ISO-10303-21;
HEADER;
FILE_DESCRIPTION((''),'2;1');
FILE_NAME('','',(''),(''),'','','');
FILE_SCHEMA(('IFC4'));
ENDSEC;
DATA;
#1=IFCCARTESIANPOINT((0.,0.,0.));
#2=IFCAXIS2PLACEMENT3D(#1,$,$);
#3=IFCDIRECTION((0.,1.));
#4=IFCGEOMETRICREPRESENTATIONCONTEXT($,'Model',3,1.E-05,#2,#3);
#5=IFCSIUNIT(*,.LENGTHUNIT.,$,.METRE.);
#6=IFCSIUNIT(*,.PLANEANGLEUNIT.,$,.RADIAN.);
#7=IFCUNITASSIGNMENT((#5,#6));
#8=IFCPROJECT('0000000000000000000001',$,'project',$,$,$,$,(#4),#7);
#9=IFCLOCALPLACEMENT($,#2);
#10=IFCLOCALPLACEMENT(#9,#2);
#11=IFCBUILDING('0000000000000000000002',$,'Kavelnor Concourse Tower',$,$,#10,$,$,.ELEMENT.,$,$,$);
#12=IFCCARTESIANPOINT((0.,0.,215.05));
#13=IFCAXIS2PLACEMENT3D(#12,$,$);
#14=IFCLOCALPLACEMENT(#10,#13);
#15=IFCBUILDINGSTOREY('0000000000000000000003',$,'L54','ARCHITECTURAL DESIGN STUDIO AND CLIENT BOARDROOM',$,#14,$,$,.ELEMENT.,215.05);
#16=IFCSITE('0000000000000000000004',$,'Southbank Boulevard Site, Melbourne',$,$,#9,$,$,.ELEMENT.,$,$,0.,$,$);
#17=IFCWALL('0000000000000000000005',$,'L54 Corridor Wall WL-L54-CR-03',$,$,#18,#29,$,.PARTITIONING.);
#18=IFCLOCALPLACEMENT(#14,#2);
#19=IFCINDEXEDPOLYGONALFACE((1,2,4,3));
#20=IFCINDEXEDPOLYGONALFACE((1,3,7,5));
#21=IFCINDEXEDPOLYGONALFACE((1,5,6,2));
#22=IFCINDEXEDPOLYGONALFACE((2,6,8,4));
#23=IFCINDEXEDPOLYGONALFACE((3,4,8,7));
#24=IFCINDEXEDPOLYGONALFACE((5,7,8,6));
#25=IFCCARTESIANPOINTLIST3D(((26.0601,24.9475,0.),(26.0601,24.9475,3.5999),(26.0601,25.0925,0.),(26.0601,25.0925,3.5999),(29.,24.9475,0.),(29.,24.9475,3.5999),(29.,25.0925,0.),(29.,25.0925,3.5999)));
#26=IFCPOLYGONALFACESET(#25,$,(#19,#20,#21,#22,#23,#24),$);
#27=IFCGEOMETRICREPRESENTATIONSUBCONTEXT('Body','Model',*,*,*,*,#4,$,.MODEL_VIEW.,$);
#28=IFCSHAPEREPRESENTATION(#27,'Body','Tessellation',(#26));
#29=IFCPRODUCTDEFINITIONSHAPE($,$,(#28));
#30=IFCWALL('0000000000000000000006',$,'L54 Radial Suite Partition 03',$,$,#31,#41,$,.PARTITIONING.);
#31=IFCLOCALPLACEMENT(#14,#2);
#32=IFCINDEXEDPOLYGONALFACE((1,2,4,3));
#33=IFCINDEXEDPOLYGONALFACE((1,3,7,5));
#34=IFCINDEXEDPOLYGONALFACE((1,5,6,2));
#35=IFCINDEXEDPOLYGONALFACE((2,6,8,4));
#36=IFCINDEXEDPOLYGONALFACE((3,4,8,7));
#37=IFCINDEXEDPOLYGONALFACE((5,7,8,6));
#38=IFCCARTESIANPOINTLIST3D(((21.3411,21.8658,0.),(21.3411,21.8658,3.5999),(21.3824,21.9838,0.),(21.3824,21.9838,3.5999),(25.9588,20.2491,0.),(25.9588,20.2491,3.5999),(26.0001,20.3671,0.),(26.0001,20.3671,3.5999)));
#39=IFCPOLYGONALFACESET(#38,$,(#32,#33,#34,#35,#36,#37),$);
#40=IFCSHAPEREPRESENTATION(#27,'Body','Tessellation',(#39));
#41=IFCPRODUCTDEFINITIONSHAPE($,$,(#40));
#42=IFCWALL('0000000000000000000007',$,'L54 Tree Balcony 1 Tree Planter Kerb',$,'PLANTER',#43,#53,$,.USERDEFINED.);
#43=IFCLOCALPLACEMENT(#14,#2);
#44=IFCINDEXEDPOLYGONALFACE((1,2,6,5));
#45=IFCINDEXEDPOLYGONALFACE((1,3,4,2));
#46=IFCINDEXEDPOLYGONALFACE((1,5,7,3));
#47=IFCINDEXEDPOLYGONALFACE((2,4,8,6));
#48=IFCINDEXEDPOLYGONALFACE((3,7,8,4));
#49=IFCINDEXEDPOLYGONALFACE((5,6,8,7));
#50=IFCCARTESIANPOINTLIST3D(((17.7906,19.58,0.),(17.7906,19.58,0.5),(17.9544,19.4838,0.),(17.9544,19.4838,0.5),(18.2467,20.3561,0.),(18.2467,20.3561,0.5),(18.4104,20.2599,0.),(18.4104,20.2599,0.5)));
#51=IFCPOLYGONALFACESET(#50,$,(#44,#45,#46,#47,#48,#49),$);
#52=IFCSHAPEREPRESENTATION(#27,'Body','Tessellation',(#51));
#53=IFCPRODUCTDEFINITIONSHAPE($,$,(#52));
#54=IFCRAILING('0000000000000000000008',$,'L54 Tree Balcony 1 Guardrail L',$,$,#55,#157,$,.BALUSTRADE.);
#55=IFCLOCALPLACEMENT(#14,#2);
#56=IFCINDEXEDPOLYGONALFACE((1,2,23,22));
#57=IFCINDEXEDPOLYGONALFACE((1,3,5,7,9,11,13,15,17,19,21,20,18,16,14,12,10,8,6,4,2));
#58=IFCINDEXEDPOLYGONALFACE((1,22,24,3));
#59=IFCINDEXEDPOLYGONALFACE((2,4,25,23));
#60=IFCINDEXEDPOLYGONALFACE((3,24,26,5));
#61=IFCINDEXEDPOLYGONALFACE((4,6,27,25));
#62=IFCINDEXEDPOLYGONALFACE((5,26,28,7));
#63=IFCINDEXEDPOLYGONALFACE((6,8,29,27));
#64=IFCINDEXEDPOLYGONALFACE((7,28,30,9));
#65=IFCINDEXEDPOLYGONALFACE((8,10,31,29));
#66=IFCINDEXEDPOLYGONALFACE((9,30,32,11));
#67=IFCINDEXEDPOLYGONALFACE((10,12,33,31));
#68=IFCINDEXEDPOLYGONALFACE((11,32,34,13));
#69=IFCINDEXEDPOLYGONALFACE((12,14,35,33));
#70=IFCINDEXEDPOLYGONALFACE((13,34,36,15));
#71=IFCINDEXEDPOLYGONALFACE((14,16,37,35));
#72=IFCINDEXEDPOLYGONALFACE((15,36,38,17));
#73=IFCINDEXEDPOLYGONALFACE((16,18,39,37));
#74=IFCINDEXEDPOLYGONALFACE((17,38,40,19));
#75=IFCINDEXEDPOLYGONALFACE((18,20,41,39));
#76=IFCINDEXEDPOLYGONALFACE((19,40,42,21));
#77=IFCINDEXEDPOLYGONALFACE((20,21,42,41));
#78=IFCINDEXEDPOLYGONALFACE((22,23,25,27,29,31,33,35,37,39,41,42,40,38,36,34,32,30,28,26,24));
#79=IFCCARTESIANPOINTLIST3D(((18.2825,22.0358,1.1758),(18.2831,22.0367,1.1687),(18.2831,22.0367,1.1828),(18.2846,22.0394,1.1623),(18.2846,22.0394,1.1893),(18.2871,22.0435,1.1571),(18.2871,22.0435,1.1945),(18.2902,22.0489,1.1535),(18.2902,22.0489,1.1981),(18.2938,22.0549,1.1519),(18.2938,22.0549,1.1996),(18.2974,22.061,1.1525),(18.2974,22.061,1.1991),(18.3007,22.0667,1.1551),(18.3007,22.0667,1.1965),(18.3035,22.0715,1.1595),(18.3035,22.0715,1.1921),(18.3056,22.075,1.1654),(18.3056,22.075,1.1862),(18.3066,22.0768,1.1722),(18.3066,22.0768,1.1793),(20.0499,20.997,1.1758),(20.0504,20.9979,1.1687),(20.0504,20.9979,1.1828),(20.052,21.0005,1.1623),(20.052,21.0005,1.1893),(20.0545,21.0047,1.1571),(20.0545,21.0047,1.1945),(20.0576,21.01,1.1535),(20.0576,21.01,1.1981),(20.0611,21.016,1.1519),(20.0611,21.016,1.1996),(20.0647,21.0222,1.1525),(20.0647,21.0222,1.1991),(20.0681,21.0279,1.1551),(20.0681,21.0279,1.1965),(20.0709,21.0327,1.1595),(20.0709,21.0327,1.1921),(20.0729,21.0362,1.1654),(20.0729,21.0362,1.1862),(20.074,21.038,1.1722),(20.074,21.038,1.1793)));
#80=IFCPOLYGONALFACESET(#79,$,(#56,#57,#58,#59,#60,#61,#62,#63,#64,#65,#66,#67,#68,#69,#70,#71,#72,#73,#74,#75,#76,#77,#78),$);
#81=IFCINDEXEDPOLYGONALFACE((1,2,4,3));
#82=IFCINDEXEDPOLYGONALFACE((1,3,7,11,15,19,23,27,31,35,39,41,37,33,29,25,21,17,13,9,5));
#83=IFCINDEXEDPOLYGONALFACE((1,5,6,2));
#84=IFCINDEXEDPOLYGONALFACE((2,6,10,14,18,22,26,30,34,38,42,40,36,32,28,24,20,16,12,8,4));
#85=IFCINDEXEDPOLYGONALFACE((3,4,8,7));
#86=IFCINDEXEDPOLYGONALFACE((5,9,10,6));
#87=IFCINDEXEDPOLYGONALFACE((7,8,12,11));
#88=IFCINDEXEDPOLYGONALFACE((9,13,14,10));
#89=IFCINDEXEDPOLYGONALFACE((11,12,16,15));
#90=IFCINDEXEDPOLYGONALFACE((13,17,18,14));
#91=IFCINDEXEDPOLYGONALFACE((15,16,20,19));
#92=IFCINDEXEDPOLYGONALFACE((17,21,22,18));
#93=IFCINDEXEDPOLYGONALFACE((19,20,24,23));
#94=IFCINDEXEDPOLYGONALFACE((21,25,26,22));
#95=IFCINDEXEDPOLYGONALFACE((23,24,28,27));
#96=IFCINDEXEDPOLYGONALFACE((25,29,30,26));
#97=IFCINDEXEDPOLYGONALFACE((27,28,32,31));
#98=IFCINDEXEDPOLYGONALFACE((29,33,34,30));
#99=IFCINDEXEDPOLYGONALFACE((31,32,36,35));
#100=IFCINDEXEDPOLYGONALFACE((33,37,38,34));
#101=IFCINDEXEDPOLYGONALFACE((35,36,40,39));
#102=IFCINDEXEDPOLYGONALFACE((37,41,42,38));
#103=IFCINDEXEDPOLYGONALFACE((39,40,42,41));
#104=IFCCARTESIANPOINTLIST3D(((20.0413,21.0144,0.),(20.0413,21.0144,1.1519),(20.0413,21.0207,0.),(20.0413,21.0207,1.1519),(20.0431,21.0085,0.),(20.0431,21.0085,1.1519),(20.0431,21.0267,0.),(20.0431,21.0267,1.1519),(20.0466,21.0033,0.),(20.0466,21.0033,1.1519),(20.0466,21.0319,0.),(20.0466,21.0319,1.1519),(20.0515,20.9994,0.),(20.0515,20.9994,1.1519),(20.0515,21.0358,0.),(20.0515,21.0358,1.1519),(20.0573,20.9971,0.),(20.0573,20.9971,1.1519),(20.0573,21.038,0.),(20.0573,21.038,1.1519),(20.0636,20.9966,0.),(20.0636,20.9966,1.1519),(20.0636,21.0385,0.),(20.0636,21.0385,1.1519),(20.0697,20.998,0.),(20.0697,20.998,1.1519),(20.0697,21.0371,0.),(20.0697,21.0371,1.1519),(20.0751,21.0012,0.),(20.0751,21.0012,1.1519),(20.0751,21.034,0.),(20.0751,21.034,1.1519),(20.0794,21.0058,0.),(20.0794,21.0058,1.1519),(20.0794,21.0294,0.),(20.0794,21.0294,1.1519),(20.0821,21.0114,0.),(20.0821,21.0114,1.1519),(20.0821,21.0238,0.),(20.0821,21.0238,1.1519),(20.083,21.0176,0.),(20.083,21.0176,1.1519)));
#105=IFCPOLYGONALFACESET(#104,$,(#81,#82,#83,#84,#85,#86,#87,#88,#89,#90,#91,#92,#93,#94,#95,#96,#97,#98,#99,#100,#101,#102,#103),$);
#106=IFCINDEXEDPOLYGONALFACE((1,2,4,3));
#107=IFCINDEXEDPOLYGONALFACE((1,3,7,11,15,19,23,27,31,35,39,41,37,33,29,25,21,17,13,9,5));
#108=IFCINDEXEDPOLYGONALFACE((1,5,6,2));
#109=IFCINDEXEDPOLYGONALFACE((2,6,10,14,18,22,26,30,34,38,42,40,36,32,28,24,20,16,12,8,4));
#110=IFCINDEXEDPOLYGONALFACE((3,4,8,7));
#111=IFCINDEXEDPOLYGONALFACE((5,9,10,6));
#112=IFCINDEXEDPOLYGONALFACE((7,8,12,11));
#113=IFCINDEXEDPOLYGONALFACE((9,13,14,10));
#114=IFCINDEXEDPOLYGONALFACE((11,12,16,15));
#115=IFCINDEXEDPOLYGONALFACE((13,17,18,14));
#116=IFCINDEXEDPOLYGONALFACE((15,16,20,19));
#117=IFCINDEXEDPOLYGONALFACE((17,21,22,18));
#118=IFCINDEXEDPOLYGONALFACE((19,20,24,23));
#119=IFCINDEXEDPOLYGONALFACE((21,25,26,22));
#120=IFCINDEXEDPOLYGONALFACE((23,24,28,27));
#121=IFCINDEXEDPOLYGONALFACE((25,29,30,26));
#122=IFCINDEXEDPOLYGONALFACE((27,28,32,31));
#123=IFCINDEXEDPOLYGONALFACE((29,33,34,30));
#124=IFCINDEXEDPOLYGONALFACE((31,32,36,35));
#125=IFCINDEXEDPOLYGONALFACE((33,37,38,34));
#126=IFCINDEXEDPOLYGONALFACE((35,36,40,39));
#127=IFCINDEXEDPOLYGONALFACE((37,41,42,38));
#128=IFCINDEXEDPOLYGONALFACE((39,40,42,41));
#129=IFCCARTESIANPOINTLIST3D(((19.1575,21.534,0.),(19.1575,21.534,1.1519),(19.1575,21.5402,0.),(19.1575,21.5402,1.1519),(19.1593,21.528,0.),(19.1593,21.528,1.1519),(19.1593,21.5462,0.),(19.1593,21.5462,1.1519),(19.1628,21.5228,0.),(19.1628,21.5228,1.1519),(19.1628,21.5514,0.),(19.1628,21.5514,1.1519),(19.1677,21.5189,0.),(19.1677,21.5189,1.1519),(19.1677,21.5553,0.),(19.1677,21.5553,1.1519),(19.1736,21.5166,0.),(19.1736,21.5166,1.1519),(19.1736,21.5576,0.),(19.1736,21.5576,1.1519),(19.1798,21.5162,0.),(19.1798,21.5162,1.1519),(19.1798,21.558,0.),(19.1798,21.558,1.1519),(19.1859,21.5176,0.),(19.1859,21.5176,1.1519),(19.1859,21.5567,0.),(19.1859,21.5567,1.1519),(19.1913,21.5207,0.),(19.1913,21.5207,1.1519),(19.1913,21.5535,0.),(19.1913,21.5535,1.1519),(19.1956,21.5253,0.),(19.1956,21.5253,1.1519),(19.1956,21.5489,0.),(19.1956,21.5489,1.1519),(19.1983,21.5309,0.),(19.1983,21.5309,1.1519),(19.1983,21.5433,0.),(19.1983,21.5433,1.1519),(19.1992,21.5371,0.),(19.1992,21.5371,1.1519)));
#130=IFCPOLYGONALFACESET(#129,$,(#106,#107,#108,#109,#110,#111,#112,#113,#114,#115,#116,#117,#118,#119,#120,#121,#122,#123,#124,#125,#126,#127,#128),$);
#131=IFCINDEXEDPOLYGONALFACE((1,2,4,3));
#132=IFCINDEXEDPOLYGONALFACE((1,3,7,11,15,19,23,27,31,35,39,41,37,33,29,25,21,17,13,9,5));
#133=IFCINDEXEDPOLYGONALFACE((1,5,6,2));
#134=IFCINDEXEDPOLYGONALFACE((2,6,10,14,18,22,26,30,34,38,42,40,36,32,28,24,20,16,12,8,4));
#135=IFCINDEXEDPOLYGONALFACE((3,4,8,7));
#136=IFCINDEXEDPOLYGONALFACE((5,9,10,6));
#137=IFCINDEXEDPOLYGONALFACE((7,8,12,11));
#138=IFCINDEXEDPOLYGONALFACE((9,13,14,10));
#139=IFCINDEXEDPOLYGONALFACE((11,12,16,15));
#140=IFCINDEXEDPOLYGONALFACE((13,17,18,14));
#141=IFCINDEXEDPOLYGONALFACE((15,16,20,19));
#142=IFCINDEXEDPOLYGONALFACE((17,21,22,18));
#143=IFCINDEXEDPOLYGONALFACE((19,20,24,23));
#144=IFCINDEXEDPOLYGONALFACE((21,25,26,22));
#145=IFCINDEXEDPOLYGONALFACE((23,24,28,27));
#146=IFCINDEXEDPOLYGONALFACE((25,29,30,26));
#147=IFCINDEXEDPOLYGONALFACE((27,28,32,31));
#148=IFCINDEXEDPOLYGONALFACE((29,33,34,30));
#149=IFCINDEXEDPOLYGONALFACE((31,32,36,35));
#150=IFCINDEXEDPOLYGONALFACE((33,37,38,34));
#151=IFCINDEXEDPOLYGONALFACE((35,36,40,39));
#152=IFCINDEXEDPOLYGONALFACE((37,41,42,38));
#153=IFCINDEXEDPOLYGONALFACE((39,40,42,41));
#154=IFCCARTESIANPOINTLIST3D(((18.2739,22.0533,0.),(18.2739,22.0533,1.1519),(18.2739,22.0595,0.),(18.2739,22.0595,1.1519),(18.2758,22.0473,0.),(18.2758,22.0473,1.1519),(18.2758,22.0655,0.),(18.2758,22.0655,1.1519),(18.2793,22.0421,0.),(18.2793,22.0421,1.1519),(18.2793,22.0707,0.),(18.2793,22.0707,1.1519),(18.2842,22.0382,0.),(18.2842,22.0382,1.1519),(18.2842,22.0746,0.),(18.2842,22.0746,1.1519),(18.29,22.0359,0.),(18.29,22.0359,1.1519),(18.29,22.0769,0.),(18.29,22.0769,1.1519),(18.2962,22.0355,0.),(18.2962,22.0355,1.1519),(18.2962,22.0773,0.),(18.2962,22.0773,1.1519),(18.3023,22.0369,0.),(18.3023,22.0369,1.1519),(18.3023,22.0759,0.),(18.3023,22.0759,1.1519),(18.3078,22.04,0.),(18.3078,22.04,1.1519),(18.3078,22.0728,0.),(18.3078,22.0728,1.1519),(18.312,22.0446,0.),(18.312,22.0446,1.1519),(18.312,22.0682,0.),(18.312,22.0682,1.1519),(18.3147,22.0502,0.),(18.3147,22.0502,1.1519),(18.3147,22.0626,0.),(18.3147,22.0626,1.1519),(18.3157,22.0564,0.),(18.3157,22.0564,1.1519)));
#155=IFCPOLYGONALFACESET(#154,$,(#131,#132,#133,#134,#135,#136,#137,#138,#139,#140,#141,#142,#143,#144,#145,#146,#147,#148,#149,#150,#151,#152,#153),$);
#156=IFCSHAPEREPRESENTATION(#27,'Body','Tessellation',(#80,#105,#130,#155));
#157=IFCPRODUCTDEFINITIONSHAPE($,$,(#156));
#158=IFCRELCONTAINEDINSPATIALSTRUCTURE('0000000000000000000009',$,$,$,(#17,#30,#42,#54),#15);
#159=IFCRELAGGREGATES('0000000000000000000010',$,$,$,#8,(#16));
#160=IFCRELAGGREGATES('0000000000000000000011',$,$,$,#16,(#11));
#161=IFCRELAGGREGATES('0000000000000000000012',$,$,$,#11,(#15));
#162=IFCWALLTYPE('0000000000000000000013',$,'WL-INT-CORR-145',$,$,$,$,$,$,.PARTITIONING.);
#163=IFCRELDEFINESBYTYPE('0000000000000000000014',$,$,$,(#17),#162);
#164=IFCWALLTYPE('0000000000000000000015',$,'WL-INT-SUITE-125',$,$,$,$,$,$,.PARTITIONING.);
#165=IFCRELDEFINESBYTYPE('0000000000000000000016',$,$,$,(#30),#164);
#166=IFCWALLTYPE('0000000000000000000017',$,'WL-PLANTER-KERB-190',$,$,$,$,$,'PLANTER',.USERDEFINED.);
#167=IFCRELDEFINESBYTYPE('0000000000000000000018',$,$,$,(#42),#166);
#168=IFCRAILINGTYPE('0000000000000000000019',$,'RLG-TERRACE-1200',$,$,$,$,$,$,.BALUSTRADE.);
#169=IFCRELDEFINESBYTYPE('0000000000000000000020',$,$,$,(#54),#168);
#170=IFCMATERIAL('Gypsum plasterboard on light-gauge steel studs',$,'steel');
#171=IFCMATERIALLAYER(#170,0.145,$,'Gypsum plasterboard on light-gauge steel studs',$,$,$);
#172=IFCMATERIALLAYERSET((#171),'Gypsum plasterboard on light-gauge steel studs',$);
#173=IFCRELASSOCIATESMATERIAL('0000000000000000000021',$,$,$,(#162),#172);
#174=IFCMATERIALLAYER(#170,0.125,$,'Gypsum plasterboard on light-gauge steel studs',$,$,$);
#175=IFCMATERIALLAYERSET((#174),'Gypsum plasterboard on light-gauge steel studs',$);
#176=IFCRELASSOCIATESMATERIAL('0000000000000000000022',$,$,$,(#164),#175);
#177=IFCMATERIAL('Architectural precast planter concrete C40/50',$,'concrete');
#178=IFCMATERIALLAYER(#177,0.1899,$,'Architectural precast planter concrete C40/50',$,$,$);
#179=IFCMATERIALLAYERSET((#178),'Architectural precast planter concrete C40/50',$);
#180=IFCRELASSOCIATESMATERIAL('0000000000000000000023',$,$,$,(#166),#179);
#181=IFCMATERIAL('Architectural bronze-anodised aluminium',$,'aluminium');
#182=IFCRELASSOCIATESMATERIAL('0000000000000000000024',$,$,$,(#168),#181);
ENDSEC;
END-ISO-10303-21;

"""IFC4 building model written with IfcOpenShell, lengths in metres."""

from ifc_helpers import new_model, si_unit, direction, frame, frame_2d, origin, origin_2d, place, context, subcontext, project, spatial, rectangle, circle, extrude, material, layer, layer_set, type_object, element, save


model = new_model("IFC4")

# Units and contexts
model_context = context("Model", 3, precision=1e-05, world=origin(), true_north=direction((0.0, 1.0)))
body_context = subcontext(model_context, "Body", "Model", "MODEL_VIEW")
ifc_project = project(units=[si_unit("LENGTHUNIT", "METRE"), si_unit("PLANEANGLEUNIT", "RADIAN")], contexts=[model_context])

# Site, building, storey
site_placement = place(None, origin())
site = spatial("IfcSite", under=ifc_project, at=site_placement, Name="Southbank Boulevard Site, Melbourne", CompositionType="ELEMENT", RefElevation=0.0)
building_placement = place(site_placement, origin())
building = spatial("IfcBuilding", under=site, at=building_placement, Name="Kavelnor Concourse Tower", CompositionType="ELEMENT")
storey_placement = place(building_placement, frame((0.0, 0.0, 215.05)))
storey = spatial("IfcBuildingStorey", under=building, at=storey_placement, Name="L54", Description="ARCHITECTURAL DESIGN STUDIO AND CLIENT BOARDROOM", CompositionType="ELEMENT", Elevation=215.05)

# Walls
ifc_material_1 = material(Name="Gypsum plasterboard on light-gauge steel studs", Category="steel")
ifc_layer_1 = layer(ifc_material_1, 0.145, Name="Gypsum plasterboard on light-gauge steel studs")
ifc_layer_set_1 = layer_set([ifc_layer_1], Name="Gypsum plasterboard on light-gauge steel studs")
wall_type_1 = type_object("IfcWallType", Name="WL-INT-CORR-145", PredefinedType="PARTITIONING", material=ifc_layer_set_1)
wall_1_placement = place(storey_placement, frame((26.0601, 25.02, 0.0), z_axis=(0.0, 0.0, 1.0), x_axis=(1.0, 0.0, 0.0)))
element("IfcWall", 1, at=wall_1_placement, inside=storey, type_object=wall_type_1, Name="L54 Corridor Wall WL-L54-CR-03", PredefinedType="PARTITIONING", context=body_context, shape_type="SweptSolid", body=[
    extrude(rectangle(XDim=2.9399, YDim=0.145, at=frame_2d((1.47, 0.0))), origin(), (0.0, 0.0, 1.0), 3.5999),
])
ifc_layer_2 = layer(ifc_material_1, 0.125, Name="Gypsum plasterboard on light-gauge steel studs")
ifc_layer_set_2 = layer_set([ifc_layer_2], Name="Gypsum plasterboard on light-gauge steel studs")
wall_type_2 = type_object("IfcWallType", Name="WL-INT-SUITE-125", PredefinedType="PARTITIONING", material=ifc_layer_set_2)
wall_2_placement = place(storey_placement, frame((25.9795, 20.3081, 0.0), z_axis=(0.0, 0.0, 1.0), x_axis=(-0.943826, 0.330444, 0.0)))
element("IfcWall", 2, at=wall_2_placement, inside=storey, type_object=wall_type_2, Name="L54 Radial Suite Partition 03", PredefinedType="PARTITIONING", context=body_context, shape_type="SweptSolid", body=[
    extrude(rectangle(XDim=4.8926, YDim=0.125, at=frame_2d((2.4463, 0.0))), origin(), (0.0, 0.0, 1.0), 3.5999),
])
ifc_material_2 = material(Name="Architectural precast planter concrete C40/50", Category="concrete")
ifc_layer_3 = layer(ifc_material_2, 0.1899, Name="Architectural precast planter concrete C40/50")
ifc_layer_set_3 = layer_set([ifc_layer_3], Name="Architectural precast planter concrete C40/50")
wall_type_3 = type_object("IfcWallType", Name="WL-PLANTER-KERB-190", ElementType="PLANTER", PredefinedType="USERDEFINED", material=ifc_layer_set_3)
wall_3_placement = place(storey_placement, frame((18.3286, 20.3081, 0.0), z_axis=(0.0, 0.0, 1.0), x_axis=(-0.506617, -0.862171, 0.0)))
element("IfcWall", 3, at=wall_3_placement, inside=storey, type_object=wall_type_3, Name="L54 Tree Balcony 1 Tree Planter Kerb", ObjectType="PLANTER", PredefinedType="USERDEFINED", context=body_context, shape_type="SweptSolid", body=[
    extrude(rectangle(XDim=0.9001, YDim=0.1899, at=frame_2d((0.4502, 0.0))), origin(), (0.0, 0.0, 1.0), 0.5),
])

# Railing
ifc_material_3 = material(Name="Architectural bronze-anodised aluminium", Category="aluminium")
railing_type = type_object("IfcRailingType", Name="RLG-TERRACE-1200", PredefinedType="BALUSTRADE", material=ifc_material_3)
railing_1_placement = place(storey_placement, frame((20.062, 21.0176, 0.0)))
element("IfcRailing", 4, at=railing_1_placement, inside=storey, type_object=railing_type, Name="L54 Tree Balcony 1 Guardrail L", PredefinedType="BALUSTRADE", context=body_context, shape_type="SweptSolid", body=[
    extrude(circle(Radius=0.0239, at=origin_2d()), frame((0.0, 0.0, 1.1758), z_axis=(-0.862103, 0.506734, 0.0), x_axis=(-0.506734, -0.862103, 0.0)), (0.0, 0.0, 1.0), 2.05),
    extrude(circle(Radius=0.021, at=origin_2d()), origin(), (0.0, 0.0, 1.0), 1.1519),
    extrude(circle(Radius=0.021, at=origin_2d()), frame((-0.8838, 0.5195, 0.0)), (0.0, 0.0, 1.0), 1.1519),
    extrude(circle(Radius=0.021, at=origin_2d()), frame((-1.7673, 1.0388, 0.0)), (0.0, 0.0, 1.0), 1.1519),
])

save(model, "model.ifc")
